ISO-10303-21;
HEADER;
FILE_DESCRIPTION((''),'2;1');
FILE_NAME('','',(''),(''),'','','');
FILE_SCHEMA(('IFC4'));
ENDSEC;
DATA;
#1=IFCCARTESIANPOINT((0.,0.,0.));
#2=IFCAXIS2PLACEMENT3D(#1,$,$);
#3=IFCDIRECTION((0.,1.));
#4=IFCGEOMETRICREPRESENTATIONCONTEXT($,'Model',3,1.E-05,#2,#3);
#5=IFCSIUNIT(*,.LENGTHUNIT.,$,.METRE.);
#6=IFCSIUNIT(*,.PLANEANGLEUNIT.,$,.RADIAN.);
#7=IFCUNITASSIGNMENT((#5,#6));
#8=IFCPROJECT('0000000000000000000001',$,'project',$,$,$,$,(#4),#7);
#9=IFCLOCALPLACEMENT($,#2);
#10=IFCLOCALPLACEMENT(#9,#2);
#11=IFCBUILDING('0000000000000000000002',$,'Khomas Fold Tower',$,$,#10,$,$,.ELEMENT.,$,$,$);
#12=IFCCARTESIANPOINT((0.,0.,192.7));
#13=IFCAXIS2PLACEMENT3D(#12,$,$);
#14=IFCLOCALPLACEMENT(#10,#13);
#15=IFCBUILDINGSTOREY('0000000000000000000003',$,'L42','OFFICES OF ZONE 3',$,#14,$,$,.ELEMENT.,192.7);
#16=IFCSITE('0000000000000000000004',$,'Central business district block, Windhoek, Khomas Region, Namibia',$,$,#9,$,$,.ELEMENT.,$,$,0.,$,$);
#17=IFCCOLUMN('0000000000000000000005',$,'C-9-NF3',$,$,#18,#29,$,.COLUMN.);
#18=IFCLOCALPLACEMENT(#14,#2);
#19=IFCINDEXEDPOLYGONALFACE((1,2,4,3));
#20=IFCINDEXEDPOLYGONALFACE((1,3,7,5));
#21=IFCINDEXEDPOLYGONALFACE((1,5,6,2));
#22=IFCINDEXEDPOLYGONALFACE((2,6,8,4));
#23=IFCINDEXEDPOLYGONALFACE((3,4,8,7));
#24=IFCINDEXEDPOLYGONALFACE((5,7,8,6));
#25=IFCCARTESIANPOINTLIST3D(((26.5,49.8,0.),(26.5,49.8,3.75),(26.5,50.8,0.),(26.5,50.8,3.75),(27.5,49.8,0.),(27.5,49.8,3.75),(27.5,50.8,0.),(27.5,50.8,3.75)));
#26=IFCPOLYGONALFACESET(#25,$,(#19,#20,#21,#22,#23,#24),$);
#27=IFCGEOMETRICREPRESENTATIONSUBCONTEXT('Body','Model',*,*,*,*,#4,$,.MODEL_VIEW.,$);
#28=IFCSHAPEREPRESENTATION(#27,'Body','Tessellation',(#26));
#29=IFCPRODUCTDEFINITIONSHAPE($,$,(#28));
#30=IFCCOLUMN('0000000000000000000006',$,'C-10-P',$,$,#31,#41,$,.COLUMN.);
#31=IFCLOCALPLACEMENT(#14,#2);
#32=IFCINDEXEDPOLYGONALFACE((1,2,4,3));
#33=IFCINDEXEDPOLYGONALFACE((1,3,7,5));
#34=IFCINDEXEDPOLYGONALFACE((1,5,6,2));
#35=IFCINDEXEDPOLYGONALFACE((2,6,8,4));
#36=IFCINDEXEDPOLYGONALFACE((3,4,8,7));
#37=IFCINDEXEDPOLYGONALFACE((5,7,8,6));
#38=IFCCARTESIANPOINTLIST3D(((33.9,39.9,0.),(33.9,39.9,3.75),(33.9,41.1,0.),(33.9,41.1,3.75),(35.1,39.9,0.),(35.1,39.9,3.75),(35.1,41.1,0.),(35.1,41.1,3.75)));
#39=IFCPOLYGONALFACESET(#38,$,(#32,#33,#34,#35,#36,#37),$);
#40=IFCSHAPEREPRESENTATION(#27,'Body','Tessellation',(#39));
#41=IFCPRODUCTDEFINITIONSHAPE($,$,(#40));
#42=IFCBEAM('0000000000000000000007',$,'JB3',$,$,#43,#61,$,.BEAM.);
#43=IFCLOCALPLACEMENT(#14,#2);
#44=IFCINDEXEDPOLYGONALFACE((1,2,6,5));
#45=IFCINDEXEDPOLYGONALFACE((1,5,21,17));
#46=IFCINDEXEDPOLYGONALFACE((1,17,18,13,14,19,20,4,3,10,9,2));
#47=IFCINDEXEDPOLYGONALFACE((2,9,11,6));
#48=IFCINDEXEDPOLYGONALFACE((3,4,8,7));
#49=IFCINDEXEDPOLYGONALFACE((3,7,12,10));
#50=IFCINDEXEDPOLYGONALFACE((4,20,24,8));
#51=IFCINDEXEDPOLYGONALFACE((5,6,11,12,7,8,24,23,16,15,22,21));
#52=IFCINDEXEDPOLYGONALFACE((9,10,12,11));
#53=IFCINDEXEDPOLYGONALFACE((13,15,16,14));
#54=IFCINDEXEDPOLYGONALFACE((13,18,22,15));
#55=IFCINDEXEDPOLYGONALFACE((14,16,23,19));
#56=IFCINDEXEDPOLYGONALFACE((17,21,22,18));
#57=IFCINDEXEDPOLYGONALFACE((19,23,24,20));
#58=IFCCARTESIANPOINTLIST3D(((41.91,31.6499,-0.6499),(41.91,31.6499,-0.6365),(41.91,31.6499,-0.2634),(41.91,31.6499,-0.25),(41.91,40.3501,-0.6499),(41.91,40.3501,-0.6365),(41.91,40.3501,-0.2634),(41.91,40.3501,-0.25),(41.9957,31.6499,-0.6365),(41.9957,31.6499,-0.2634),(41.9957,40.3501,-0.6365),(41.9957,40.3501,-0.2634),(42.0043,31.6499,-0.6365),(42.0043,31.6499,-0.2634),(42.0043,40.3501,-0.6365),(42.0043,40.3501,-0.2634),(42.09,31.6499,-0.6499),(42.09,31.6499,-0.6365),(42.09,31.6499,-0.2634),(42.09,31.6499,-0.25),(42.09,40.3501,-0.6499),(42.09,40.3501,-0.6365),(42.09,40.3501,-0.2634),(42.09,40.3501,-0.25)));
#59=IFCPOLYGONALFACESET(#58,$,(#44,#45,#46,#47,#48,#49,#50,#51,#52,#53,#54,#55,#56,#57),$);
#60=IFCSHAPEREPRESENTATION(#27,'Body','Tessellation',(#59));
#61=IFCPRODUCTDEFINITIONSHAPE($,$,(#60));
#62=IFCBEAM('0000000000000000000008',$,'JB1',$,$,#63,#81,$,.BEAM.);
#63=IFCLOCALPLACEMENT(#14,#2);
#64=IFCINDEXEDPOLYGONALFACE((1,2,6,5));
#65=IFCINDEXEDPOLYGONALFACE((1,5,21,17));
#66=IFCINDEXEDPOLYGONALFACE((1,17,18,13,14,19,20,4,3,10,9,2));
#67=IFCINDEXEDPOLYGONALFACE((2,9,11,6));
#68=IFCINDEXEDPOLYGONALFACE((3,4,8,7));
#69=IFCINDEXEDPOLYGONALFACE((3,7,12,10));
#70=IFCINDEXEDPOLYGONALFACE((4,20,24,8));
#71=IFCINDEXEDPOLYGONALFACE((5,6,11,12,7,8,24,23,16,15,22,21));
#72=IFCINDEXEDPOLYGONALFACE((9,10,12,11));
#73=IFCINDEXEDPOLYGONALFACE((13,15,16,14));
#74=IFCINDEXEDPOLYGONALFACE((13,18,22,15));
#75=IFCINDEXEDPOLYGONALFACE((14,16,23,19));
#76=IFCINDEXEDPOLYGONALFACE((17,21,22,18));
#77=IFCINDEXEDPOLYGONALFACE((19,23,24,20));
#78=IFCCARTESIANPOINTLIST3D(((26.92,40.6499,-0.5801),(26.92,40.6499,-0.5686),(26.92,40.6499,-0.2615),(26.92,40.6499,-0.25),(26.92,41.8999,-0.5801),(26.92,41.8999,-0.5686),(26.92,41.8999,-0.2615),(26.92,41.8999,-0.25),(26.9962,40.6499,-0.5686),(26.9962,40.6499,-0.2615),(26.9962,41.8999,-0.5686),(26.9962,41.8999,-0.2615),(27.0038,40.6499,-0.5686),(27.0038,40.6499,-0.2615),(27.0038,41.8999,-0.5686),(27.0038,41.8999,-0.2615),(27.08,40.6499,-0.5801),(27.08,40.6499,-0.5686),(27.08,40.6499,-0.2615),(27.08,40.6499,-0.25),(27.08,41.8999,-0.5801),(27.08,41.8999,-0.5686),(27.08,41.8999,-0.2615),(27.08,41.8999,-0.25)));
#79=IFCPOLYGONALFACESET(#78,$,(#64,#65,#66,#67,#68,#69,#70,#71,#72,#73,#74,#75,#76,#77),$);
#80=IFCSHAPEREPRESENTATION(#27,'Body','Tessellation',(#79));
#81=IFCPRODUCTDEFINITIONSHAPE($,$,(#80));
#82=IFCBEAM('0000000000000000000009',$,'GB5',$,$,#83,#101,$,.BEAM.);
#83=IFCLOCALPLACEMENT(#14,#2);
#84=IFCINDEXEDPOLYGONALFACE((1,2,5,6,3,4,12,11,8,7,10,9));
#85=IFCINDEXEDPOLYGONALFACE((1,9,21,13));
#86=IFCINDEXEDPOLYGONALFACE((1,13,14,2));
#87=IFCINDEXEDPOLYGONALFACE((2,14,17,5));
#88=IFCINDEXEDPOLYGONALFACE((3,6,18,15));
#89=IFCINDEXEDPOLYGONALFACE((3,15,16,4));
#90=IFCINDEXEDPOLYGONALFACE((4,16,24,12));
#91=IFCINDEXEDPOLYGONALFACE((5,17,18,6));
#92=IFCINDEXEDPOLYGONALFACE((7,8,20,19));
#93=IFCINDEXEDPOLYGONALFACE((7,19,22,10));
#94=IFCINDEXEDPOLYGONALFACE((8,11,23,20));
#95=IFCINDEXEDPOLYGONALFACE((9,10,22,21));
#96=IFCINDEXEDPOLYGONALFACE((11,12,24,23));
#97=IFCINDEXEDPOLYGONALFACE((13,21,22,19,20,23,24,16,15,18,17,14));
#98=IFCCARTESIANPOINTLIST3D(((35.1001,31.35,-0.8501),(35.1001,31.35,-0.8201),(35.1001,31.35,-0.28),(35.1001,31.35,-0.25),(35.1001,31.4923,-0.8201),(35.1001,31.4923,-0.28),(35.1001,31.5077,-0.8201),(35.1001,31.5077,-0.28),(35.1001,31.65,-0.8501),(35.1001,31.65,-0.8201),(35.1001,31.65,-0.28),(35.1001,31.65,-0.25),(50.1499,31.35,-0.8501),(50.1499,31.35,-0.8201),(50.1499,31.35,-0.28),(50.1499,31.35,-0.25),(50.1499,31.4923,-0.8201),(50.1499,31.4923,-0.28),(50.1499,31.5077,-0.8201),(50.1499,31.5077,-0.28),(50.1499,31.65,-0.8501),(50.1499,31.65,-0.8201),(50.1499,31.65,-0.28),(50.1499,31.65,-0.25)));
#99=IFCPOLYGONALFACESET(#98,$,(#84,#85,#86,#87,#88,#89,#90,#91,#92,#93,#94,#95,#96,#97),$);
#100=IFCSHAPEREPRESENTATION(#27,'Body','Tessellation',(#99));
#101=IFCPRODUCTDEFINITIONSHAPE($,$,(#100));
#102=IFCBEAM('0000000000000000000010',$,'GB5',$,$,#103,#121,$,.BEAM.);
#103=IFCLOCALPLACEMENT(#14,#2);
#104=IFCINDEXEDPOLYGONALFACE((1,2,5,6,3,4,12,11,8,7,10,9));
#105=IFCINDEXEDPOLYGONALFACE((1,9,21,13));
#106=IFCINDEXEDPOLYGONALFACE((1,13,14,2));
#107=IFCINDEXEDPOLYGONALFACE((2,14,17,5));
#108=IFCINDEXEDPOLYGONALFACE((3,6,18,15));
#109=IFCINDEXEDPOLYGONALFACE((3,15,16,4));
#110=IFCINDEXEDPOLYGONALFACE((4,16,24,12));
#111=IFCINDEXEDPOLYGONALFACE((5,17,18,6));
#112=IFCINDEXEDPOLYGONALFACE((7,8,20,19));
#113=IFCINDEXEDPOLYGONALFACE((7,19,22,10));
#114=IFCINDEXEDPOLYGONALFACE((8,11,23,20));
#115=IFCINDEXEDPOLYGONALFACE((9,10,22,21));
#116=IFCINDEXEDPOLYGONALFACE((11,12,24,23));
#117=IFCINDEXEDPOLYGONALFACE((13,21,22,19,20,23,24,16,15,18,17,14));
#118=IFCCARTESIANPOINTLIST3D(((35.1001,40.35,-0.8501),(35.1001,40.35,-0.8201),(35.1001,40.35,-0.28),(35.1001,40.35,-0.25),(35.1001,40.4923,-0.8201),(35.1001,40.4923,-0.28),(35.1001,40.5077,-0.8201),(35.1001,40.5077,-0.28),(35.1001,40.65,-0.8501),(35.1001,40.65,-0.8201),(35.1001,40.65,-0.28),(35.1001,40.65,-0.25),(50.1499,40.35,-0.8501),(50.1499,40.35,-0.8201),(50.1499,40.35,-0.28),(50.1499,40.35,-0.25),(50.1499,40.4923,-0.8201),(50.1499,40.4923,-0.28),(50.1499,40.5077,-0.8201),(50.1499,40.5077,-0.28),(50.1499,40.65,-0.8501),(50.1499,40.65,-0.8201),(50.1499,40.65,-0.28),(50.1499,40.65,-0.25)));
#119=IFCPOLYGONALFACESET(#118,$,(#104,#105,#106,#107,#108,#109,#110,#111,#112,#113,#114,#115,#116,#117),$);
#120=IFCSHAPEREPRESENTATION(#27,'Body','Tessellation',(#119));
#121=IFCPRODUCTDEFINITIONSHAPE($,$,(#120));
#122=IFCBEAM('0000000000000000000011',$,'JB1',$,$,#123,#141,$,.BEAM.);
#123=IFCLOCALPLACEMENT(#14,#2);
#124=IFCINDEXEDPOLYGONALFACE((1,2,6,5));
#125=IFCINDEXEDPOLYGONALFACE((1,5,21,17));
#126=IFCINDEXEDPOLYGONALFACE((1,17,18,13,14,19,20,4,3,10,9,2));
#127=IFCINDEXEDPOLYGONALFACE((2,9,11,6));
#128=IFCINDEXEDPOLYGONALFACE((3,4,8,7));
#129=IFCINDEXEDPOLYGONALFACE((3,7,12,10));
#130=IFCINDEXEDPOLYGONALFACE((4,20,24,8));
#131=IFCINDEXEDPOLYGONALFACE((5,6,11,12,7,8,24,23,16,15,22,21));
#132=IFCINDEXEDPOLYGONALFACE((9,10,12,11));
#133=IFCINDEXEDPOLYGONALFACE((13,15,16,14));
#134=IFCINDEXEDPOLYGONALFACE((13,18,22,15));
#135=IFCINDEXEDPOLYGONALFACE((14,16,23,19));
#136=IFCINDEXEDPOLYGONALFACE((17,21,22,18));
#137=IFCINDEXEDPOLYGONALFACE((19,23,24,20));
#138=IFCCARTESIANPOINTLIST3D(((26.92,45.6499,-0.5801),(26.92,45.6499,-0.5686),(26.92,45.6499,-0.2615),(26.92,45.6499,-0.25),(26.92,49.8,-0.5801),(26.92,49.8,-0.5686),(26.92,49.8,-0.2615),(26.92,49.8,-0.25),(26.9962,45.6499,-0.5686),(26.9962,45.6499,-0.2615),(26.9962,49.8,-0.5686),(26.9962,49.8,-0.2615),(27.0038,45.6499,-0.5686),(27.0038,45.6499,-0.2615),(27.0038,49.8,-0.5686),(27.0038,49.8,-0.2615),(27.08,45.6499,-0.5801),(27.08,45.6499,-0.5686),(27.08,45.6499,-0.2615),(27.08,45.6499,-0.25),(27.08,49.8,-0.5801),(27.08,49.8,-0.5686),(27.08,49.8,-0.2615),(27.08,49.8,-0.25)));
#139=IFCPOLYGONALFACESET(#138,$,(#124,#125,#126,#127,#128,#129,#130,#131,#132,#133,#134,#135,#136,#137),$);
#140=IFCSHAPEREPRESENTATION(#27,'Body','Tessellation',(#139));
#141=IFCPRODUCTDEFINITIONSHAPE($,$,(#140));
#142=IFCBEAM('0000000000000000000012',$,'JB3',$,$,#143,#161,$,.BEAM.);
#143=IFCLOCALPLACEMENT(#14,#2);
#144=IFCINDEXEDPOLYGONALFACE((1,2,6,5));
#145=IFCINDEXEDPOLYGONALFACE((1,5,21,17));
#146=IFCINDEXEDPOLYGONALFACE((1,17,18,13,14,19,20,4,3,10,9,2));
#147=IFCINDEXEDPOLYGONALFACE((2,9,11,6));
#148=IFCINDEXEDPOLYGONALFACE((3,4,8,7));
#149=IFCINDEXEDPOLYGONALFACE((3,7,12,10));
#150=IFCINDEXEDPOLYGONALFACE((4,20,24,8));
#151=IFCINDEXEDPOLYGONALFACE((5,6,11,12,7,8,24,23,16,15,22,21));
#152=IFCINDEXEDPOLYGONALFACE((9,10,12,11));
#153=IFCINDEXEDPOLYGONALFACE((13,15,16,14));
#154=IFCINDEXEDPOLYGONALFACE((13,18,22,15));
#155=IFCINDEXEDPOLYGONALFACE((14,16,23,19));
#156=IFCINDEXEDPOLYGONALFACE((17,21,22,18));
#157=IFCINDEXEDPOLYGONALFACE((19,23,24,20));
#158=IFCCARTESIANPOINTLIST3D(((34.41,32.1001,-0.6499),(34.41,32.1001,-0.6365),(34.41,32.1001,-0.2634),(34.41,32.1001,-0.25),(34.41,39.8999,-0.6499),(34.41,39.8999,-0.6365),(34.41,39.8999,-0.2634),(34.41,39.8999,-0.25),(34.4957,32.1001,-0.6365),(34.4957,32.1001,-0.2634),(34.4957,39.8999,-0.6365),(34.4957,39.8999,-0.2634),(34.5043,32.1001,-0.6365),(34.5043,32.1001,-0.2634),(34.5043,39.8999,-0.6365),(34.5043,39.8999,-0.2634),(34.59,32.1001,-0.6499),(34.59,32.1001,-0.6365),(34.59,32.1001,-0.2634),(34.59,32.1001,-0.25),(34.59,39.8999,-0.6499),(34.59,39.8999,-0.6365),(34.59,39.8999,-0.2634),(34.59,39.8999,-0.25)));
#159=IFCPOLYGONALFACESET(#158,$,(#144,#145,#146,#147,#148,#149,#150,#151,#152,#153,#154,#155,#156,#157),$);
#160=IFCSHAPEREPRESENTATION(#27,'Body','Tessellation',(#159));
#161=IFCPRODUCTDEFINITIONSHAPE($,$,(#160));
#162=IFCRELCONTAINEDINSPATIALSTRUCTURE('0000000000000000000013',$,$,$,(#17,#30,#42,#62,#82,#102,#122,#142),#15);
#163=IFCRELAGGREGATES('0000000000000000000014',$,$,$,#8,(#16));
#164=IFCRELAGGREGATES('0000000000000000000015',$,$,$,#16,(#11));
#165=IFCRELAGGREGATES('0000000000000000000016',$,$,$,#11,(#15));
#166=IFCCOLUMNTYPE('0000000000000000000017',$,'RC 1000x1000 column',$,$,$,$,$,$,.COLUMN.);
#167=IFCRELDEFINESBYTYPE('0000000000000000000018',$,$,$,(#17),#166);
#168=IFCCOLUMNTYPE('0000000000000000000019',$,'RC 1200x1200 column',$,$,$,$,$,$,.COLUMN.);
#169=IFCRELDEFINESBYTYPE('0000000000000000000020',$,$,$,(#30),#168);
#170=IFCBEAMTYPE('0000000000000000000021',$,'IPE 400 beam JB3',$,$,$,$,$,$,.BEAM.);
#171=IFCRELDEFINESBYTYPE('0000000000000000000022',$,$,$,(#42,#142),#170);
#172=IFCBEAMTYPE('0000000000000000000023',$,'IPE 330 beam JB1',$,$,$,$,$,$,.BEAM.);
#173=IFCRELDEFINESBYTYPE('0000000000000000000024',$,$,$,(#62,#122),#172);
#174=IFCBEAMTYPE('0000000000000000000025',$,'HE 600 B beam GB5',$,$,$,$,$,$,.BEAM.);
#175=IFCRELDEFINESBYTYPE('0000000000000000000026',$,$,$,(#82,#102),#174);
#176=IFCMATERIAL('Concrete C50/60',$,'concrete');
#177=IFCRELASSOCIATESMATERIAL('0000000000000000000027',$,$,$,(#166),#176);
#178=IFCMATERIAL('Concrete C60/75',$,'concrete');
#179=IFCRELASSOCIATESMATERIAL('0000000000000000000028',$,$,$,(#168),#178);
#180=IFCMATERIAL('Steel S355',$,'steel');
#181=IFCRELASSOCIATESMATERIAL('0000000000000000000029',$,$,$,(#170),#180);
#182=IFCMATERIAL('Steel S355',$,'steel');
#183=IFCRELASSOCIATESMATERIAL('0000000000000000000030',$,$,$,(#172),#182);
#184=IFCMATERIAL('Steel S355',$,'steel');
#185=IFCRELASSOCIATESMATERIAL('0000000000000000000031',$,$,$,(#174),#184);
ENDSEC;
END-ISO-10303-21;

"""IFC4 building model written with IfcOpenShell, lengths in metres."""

from ifc_helpers import new_model, si_unit, direction, frame, origin, origin_2d, place, context, subcontext, project, spatial, rectangle, i_section, extrude, source, transform, mapped, material, material_profile, profile_set, type_object, element, save


model = new_model("IFC4")

# Units and contexts
model_context = context("Model", 3, precision=1e-05, world=origin(), true_north=direction((0.0, 1.0)))
body_context = subcontext(model_context, "Body", "Model", "MODEL_VIEW")
ifc_project = project(units=[si_unit("LENGTHUNIT", "METRE"), si_unit("PLANEANGLEUNIT", "RADIAN")], contexts=[model_context])

# Site, building, storey
site_placement = place(None, origin())
site = spatial("IfcSite", under=ifc_project, at=site_placement, Name="Central business district block, Windhoek, Khomas Region, Namibia", CompositionType="ELEMENT", RefElevation=0.0)
building_placement = place(site_placement, origin())
building = spatial("IfcBuilding", under=site, at=building_placement, Name="Khomas Fold Tower", CompositionType="ELEMENT")
storey_placement = place(building_placement, frame((0.0, 0.0, 192.7)))
storey = spatial("IfcBuildingStorey", under=building, at=storey_placement, Name="L42", Description="OFFICES OF ZONE 3", CompositionType="ELEMENT", Elevation=192.7)

# Columns
ifc_material_1 = material(Name="Concrete C50/60", Category="concrete")
ifc_material_profile_1 = material_profile(ifc_material_1, rectangle(XDim=1.0, YDim=1.0, at=origin_2d()), Name="RC 1000x1000")
ifc_profile_set_1 = profile_set([ifc_material_profile_1], Name="Concrete C50/60")
column_type_1 = type_object("IfcColumnType", Name="RC 1000x1000 column", PredefinedType="COLUMN", material=ifc_profile_set_1)
shared_shape_1 = source(origin(), body_context, "Body", "SweptSolid", [
    extrude(rectangle(XDim=1.0, YDim=1.0, at=origin_2d()), origin(), (0.0, 0.0, 1.0), 3.75),
])
column_1_placement = place(storey_placement, frame((27.0, 50.3, 0.0), z_axis=(0.0, 0.0, 1.0), x_axis=(1.0, 0.0, 0.0)))
element("IfcColumn", 1, at=column_1_placement, inside=storey, type_object=column_type_1, Name="C-9-NF3", PredefinedType="COLUMN", context=body_context, shape_type="MappedRepresentation", body=[
    mapped(shared_shape_1, transform((0.0, 0.0, 0.0))),
])
ifc_material_2 = material(Name="Concrete C60/75", Category="concrete")
ifc_material_profile_2 = material_profile(ifc_material_2, rectangle(XDim=1.2, YDim=1.2, at=origin_2d()), Name="RC 1200x1200")
ifc_profile_set_2 = profile_set([ifc_material_profile_2], Name="Concrete C60/75")
column_type_2 = type_object("IfcColumnType", Name="RC 1200x1200 column", PredefinedType="COLUMN", material=ifc_profile_set_2)
shared_shape_2 = source(origin(), body_context, "Body", "SweptSolid", [
    extrude(rectangle(XDim=1.2, YDim=1.2, at=origin_2d()), origin(), (0.0, 0.0, 1.0), 3.75),
])
column_2_placement = place(storey_placement, frame((34.5, 40.5, 0.0), z_axis=(0.0, 0.0, 1.0), x_axis=(1.0, 0.0, 0.0)))
element("IfcColumn", 2, at=column_2_placement, inside=storey, type_object=column_type_2, Name="C-10-P", PredefinedType="COLUMN", context=body_context, shape_type="MappedRepresentation", body=[
    mapped(shared_shape_2, transform((0.0, 0.0, 0.0))),
])

# Beams
ifc_material_3 = material(Name="Steel S355", Category="steel")
ifc_material_profile_3 = material_profile(ifc_material_3, i_section(OverallWidth=0.1799, OverallDepth=0.3999, WebThickness=0.0085, FlangeThickness=0.0134, at=origin_2d()), Name="IPE 400")
ifc_profile_set_3 = profile_set([ifc_material_profile_3], Name="Steel S355")
beam_type_1 = type_object("IfcBeamType", Name="IPE 400 beam JB3", PredefinedType="BEAM", material=ifc_profile_set_3)
shared_shape_3 = source(origin(), body_context, "Body", "SweptSolid", [
    extrude(i_section(OverallWidth=0.1799, OverallDepth=0.3999, WebThickness=0.0085, FlangeThickness=0.0134, at=origin_2d()), origin(), (0.0, 0.0, 1.0), 8.7002),
])
beam_1_placement = place(storey_placement, frame((42.0, 31.6499, -0.45), z_axis=(0.0, 1.0, 0.0), x_axis=(-1.0, 0.0, 0.0)))
element("IfcBeam", 3, at=beam_1_placement, inside=storey, type_object=beam_type_1, Name="JB3", PredefinedType="BEAM", context=body_context, shape_type="MappedRepresentation", body=[
    mapped(shared_shape_3, transform((0.0, 0.0, 0.0))),
])
ifc_material_4 = material(Name="Steel S355", Category="steel")
ifc_material_profile_4 = material_profile(ifc_material_4, i_section(OverallWidth=0.1599, OverallDepth=0.3301, WebThickness=0.0076, FlangeThickness=0.0115, at=origin_2d()), Name="IPE 330")
ifc_profile_set_4 = profile_set([ifc_material_profile_4], Name="Steel S355")
beam_type_2 = type_object("IfcBeamType", Name="IPE 330 beam JB1", PredefinedType="BEAM", material=ifc_profile_set_4)
shared_shape_4 = source(origin(), body_context, "Body", "SweptSolid", [
    extrude(i_section(OverallWidth=0.1599, OverallDepth=0.3301, WebThickness=0.0076, FlangeThickness=0.0115, at=origin_2d()), origin(), (0.0, 0.0, 1.0), 1.25),
])
beam_2_placement = place(storey_placement, frame((27.0, 40.6499, -0.415), z_axis=(0.0, 1.0, 0.0), x_axis=(-1.0, 0.0, 0.0)))
element("IfcBeam", 4, at=beam_2_placement, inside=storey, type_object=beam_type_2, Name="JB1", PredefinedType="BEAM", context=body_context, shape_type="MappedRepresentation", body=[
    mapped(shared_shape_4, transform((0.0, 0.0, 0.0))),
])
ifc_material_5 = material(Name="Steel S355", Category="steel")
ifc_material_profile_5 = material_profile(ifc_material_5, i_section(OverallWidth=0.3, OverallDepth=0.6001, WebThickness=0.0154, FlangeThickness=0.03, at=origin_2d()), Name="HE 600 B")
ifc_profile_set_5 = profile_set([ifc_material_profile_5], Name="Steel S355")
beam_type_3 = type_object("IfcBeamType", Name="HE 600 B beam GB5", PredefinedType="BEAM", material=ifc_profile_set_5)
shared_shape_5 = source(origin(), body_context, "Body", "SweptSolid", [
    extrude(i_section(OverallWidth=0.3, OverallDepth=0.6001, WebThickness=0.0154, FlangeThickness=0.03, at=origin_2d()), origin(), (0.0, 0.0, 1.0), 15.0498),
])
for number, where, z_axis, x_axis, name in (
    (5, (35.1001, 31.5, -0.55), (1.0, 0.0, 0.0), (0.0, 1.0, 0.0), "GB5"),
    (6, (35.1001, 40.5, -0.55), (1.0, 0.0, 0.0), (0.0, 1.0, 0.0), "GB5"),
):
    element("IfcBeam", number, at=place(storey_placement, frame(where, z_axis=z_axis, x_axis=x_axis)), inside=storey, type_object=beam_type_3, Name=name, PredefinedType="BEAM", context=body_context, shape_type="MappedRepresentation", body=[
        mapped(shared_shape_5, transform((0.0, 0.0, 0.0))),
    ])
shared_shape_6 = source(origin(), body_context, "Body", "SweptSolid", [
    extrude(i_section(OverallWidth=0.1599, OverallDepth=0.3301, WebThickness=0.0076, FlangeThickness=0.0115, at=origin_2d()), origin(), (0.0, 0.0, 1.0), 4.1501),
])
beam_3_placement = place(storey_placement, frame((27.0, 45.6499, -0.415), z_axis=(0.0, 1.0, 0.0), x_axis=(-1.0, 0.0, 0.0)))
element("IfcBeam", 7, at=beam_3_placement, inside=storey, type_object=beam_type_2, Name="JB1", PredefinedType="BEAM", context=body_context, shape_type="MappedRepresentation", body=[
    mapped(shared_shape_6, transform((0.0, 0.0, 0.0))),
])
shared_shape_7 = source(origin(), body_context, "Body", "SweptSolid", [
    extrude(i_section(OverallWidth=0.1799, OverallDepth=0.3999, WebThickness=0.0085, FlangeThickness=0.0134, at=origin_2d()), origin(), (0.0, 0.0, 1.0), 7.7998),
])
beam_4_placement = place(storey_placement, frame((34.5, 32.1001, -0.45), z_axis=(0.0, 1.0, 0.0), x_axis=(-1.0, 0.0, 0.0)))
element("IfcBeam", 8, at=beam_4_placement, inside=storey, type_object=beam_type_1, Name="JB3", PredefinedType="BEAM", context=body_context, shape_type="MappedRepresentation", body=[
    mapped(shared_shape_7, transform((0.0, 0.0, 0.0))),
])

save(model, "model.ifc")
